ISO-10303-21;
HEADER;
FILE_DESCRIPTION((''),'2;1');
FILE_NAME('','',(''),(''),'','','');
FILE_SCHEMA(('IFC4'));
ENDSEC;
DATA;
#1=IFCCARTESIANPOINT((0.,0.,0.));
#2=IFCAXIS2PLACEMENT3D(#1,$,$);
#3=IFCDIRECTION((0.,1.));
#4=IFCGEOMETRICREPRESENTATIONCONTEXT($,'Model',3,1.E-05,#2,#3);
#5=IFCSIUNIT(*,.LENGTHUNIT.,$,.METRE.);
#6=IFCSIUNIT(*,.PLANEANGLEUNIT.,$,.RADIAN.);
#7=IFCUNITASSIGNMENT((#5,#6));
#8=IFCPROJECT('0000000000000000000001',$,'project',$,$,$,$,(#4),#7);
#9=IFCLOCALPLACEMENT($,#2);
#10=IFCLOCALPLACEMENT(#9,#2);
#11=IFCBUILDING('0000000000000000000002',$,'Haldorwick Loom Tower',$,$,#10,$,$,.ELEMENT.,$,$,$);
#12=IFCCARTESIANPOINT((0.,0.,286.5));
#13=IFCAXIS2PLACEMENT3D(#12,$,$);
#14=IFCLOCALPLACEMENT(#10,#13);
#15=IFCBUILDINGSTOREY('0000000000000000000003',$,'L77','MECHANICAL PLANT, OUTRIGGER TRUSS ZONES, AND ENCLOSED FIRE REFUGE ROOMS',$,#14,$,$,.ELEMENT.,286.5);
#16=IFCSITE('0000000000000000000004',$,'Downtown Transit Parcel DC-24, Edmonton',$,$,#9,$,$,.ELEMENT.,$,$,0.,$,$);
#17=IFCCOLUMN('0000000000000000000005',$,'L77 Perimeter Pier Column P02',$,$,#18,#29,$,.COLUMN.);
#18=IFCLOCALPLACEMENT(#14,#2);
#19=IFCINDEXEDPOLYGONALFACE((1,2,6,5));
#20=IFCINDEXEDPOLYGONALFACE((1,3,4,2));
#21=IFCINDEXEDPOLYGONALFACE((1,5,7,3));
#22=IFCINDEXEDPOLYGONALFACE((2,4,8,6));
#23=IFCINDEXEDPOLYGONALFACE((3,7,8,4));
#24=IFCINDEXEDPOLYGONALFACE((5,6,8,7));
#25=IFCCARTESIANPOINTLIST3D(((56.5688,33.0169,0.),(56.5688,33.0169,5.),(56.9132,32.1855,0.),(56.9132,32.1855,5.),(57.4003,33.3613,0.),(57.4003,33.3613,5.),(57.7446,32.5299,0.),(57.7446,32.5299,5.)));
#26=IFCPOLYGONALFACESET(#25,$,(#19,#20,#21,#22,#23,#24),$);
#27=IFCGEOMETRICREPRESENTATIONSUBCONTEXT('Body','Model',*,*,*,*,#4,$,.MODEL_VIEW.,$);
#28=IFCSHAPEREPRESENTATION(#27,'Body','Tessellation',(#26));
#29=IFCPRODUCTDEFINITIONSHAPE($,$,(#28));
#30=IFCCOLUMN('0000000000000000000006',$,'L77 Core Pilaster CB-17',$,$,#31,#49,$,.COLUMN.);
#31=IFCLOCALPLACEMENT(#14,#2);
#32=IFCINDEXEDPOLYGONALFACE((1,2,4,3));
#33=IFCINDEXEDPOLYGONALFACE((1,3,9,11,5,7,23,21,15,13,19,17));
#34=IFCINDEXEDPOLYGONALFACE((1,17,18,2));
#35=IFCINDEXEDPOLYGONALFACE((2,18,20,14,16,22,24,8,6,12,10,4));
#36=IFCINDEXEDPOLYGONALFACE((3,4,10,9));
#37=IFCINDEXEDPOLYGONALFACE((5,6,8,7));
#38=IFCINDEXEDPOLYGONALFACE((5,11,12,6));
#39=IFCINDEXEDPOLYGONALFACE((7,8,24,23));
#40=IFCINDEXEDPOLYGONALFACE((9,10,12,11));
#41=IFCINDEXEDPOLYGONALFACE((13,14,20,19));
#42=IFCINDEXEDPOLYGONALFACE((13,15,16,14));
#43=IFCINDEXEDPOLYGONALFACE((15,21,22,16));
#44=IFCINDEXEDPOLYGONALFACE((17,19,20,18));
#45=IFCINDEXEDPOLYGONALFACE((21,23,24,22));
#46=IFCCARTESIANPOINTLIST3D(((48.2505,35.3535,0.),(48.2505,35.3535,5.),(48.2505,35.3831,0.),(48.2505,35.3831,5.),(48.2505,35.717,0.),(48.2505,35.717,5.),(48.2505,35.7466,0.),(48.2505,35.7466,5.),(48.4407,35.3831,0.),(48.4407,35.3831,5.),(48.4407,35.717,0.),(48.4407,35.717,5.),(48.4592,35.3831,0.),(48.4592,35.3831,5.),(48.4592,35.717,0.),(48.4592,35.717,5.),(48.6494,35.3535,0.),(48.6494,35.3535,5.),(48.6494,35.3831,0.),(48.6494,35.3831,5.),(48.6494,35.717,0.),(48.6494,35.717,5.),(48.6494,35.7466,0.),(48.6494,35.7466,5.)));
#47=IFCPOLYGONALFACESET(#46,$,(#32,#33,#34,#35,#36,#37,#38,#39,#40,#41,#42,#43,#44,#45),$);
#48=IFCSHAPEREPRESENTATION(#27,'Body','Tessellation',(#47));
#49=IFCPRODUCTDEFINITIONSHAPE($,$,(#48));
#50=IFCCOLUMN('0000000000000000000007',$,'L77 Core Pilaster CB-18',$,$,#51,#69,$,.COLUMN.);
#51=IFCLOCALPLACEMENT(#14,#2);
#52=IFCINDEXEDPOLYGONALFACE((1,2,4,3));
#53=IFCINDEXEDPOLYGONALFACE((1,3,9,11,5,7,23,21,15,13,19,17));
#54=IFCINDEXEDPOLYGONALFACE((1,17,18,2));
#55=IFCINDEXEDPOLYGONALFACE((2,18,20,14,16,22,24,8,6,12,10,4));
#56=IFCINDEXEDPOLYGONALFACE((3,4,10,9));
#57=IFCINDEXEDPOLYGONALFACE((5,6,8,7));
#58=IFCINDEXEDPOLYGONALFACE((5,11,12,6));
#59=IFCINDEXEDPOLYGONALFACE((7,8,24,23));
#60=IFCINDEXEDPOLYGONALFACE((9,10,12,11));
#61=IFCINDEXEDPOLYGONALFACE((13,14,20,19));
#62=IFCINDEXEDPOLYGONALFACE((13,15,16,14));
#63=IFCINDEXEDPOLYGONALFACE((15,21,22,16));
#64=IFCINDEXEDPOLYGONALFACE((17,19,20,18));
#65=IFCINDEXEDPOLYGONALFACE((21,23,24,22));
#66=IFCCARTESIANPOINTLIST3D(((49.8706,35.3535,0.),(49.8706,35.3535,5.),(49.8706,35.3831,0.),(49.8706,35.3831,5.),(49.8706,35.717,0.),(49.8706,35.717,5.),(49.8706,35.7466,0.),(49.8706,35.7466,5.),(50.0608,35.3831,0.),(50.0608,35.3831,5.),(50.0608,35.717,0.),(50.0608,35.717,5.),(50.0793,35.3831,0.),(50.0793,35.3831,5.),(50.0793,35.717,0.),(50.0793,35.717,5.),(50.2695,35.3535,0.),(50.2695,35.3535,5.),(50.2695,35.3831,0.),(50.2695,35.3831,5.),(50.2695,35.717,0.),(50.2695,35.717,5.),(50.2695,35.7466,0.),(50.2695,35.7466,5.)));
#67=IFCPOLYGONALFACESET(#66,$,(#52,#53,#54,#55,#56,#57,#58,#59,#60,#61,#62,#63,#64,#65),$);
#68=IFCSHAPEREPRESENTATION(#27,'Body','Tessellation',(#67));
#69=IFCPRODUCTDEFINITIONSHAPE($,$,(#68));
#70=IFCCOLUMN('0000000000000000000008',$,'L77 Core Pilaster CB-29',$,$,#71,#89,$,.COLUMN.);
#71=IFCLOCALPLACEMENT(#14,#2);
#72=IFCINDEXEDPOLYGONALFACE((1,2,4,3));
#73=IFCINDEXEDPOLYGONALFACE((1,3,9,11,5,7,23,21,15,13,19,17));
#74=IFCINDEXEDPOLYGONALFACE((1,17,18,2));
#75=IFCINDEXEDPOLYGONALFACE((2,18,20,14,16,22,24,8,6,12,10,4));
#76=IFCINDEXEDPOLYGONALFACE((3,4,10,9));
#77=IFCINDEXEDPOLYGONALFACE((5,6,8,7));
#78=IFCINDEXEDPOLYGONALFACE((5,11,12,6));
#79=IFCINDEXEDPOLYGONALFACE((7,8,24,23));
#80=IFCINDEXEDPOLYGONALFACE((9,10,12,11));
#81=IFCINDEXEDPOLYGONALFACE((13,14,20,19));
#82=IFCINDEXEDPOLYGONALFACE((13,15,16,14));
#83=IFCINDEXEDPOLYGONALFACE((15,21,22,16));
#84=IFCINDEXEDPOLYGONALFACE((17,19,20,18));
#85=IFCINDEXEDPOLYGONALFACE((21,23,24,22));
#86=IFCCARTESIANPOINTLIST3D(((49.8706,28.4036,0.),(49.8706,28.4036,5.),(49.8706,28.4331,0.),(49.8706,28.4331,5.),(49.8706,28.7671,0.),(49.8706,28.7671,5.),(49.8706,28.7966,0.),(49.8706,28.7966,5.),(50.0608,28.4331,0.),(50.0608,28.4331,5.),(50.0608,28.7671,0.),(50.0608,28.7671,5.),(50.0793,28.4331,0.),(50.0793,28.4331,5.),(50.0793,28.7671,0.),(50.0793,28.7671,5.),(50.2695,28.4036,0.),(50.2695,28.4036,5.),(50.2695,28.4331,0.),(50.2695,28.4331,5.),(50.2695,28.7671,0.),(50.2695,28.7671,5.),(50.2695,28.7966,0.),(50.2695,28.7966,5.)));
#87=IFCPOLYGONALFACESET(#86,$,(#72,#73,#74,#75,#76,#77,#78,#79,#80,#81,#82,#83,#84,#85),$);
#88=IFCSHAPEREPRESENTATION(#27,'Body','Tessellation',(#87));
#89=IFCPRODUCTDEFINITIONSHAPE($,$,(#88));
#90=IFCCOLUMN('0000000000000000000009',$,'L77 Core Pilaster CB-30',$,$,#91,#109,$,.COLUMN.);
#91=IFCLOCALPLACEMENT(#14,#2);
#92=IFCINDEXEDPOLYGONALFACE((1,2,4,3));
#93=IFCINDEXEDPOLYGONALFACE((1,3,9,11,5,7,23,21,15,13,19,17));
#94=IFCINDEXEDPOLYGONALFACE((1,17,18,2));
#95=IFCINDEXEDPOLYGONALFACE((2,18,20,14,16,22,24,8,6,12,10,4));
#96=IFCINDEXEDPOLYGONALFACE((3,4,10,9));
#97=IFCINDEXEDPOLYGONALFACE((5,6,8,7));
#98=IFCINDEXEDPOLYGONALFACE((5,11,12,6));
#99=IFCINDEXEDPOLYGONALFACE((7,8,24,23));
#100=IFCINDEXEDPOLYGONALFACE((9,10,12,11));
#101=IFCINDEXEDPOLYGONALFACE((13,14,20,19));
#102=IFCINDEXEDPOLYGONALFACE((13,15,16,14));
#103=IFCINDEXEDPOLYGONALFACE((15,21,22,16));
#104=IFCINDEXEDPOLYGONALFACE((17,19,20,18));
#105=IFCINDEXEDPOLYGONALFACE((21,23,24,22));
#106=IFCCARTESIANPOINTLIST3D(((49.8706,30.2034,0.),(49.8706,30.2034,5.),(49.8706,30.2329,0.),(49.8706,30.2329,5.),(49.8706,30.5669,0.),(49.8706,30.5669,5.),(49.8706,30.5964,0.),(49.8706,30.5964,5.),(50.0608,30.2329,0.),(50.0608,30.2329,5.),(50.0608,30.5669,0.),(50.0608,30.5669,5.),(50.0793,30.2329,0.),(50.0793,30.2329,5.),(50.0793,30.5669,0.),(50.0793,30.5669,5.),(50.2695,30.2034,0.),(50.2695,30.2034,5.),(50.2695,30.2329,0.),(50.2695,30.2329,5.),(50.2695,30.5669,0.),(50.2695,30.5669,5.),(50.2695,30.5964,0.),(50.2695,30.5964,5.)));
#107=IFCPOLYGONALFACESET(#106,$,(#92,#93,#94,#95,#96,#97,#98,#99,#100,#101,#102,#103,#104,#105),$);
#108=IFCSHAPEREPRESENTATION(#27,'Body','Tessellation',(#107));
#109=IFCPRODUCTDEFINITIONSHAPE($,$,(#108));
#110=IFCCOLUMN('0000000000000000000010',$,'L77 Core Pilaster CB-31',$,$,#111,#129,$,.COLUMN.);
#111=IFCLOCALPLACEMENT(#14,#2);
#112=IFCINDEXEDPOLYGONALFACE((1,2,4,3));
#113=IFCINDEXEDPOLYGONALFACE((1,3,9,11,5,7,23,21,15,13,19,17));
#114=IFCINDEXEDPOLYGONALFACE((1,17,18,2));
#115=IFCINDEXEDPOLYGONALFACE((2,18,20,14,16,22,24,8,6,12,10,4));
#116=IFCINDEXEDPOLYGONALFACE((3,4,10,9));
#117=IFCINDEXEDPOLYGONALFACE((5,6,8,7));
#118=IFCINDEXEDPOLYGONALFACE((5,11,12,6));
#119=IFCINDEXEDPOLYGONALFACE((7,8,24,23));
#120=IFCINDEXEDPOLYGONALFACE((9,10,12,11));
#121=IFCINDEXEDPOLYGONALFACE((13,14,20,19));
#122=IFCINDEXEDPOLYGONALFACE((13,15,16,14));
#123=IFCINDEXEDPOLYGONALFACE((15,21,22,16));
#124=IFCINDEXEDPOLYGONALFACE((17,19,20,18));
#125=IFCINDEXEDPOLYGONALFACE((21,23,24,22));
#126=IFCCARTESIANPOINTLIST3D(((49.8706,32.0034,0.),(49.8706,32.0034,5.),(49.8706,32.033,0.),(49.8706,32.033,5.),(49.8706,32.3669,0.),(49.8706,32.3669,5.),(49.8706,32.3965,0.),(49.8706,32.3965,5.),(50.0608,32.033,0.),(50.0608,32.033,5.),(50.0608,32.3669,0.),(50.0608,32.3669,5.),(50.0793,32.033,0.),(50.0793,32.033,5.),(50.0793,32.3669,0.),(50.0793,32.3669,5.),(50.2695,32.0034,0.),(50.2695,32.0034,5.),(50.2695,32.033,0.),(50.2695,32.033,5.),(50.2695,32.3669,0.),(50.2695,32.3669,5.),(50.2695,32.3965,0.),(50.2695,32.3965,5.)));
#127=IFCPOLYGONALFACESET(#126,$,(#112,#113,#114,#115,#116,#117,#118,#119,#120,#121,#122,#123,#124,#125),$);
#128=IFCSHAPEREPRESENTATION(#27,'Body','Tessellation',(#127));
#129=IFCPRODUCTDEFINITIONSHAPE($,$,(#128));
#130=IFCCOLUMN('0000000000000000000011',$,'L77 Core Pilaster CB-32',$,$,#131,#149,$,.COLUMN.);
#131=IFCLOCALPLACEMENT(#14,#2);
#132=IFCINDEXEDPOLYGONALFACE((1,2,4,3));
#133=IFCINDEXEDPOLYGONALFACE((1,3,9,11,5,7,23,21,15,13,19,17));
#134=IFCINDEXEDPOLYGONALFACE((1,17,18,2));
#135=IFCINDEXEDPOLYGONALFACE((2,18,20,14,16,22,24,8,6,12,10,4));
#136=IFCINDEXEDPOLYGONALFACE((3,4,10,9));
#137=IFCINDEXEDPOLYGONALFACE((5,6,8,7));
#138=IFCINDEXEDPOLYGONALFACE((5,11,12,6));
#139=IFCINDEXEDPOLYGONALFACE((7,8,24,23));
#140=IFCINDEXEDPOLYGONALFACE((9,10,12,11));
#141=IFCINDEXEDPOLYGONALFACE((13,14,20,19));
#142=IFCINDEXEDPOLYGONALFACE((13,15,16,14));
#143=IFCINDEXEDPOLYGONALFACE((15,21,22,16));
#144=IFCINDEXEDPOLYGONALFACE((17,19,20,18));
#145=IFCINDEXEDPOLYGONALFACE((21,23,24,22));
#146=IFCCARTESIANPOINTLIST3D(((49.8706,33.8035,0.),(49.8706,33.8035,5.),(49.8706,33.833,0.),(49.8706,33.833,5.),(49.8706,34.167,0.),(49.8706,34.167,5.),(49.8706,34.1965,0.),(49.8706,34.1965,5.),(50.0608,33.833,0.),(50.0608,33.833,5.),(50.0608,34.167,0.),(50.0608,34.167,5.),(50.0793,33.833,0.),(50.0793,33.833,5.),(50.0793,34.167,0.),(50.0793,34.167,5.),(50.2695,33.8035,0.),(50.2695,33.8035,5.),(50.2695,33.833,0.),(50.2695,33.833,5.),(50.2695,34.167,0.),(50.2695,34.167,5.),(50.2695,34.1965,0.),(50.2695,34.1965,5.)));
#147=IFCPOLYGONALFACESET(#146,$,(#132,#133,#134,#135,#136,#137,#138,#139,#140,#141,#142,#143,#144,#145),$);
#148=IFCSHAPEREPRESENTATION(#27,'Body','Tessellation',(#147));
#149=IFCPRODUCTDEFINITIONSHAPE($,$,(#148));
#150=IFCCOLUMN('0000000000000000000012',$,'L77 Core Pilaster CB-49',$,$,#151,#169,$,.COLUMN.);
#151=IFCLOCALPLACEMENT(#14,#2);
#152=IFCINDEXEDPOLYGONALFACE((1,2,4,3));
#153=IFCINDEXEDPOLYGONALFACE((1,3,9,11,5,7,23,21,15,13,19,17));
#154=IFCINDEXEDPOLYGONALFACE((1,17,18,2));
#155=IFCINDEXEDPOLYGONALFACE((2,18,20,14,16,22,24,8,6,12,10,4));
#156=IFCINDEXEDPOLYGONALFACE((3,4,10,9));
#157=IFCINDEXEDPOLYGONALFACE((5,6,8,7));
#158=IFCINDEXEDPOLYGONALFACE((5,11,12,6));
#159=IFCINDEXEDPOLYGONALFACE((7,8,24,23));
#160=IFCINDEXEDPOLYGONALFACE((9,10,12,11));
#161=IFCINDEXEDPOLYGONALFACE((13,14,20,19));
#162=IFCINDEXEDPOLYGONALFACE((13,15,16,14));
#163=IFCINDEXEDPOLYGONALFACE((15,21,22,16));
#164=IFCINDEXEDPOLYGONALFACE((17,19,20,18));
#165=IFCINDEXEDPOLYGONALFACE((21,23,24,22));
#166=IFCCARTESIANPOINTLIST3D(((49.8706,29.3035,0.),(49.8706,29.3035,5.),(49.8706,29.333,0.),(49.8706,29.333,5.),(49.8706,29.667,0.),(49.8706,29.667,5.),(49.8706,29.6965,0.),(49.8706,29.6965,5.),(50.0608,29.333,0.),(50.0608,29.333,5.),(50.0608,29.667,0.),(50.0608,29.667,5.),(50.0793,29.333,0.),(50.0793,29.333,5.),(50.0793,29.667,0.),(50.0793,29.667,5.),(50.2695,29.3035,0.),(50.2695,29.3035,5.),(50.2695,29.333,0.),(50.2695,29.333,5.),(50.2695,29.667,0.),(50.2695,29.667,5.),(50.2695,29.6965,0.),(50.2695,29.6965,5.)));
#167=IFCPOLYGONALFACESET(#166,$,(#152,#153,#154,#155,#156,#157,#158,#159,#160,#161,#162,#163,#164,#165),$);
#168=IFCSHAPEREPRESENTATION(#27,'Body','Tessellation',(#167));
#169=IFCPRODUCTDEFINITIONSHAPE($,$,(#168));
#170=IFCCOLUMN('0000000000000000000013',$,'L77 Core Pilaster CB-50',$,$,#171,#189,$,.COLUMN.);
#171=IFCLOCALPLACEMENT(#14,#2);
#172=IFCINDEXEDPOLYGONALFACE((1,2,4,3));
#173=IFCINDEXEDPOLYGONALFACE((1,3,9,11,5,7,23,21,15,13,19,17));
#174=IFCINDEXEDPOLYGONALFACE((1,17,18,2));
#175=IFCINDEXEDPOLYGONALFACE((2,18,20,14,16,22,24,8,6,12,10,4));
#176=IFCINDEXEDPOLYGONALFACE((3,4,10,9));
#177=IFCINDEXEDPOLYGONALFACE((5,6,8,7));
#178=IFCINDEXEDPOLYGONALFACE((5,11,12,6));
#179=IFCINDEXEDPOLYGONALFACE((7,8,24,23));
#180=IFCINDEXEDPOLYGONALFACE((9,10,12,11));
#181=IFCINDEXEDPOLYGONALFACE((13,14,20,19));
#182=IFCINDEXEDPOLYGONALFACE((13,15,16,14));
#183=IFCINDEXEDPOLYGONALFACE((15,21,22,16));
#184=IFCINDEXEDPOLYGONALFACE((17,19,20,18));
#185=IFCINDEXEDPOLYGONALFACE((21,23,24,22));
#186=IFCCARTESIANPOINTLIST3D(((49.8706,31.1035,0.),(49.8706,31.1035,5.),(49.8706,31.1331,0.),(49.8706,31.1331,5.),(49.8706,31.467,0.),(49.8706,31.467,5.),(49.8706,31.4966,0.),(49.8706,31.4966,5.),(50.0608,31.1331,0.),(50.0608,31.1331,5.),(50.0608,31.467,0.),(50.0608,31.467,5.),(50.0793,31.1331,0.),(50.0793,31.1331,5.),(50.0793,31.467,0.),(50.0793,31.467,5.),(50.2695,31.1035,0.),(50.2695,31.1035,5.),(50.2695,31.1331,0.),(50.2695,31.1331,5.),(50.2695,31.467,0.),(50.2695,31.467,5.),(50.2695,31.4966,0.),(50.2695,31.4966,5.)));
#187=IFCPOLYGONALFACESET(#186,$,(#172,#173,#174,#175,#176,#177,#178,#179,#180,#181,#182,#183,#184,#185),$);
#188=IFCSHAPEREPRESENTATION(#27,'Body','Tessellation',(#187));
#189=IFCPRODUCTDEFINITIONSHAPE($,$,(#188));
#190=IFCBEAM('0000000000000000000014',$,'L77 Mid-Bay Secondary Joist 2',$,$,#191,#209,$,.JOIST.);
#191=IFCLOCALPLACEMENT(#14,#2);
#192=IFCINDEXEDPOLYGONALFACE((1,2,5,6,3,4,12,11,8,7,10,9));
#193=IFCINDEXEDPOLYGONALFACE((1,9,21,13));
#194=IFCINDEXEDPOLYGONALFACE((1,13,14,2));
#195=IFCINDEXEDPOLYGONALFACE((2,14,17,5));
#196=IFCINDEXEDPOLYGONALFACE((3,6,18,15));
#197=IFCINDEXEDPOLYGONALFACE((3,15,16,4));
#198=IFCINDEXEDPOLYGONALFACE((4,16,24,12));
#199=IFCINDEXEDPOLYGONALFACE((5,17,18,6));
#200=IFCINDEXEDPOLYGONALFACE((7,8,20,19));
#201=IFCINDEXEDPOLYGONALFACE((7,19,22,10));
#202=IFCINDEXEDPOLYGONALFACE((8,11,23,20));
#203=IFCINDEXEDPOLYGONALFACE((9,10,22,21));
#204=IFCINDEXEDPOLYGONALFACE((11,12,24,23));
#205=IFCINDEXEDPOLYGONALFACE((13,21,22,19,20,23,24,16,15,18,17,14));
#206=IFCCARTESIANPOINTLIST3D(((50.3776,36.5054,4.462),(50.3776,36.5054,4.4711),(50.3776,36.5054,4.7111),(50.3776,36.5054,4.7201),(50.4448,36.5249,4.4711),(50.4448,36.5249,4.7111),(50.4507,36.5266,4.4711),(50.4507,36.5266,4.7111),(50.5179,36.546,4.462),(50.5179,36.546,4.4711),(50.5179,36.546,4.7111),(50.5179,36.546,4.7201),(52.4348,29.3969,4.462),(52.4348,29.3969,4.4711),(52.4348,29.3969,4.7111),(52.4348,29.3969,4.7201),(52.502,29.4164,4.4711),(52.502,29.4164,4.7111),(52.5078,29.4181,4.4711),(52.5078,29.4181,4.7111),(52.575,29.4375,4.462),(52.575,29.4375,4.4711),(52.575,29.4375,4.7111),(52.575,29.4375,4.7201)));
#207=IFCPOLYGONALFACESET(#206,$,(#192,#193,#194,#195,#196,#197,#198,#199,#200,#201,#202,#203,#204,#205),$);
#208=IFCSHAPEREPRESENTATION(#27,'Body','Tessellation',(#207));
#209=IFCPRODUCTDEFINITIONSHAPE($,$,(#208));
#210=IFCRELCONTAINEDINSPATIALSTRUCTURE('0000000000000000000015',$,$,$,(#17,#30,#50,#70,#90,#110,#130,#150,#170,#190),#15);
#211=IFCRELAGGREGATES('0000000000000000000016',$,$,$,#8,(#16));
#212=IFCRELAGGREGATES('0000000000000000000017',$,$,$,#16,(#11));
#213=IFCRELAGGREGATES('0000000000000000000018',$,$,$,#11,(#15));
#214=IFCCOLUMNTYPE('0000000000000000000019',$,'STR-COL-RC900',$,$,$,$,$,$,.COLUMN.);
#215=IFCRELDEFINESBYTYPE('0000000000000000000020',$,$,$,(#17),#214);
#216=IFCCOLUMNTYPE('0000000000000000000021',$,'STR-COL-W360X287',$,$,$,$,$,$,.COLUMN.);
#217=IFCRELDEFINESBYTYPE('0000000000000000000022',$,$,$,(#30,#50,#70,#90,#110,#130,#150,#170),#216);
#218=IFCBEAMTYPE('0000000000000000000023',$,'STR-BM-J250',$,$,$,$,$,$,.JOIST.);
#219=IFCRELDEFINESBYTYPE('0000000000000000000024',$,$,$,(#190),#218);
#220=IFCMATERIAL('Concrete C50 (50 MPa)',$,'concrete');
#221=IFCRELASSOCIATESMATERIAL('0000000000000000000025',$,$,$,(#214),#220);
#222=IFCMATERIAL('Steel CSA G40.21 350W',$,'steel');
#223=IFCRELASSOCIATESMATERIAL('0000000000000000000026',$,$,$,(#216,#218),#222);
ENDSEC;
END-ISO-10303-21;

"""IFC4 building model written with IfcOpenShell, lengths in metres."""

from ifc_helpers import new_model, si_unit, direction, frame, origin, origin_2d, place, context, subcontext, project, spatial, rectangle, i_section, extrude, material, material_profile, profile_set, type_object, element, save


model = new_model("IFC4")

# Units and contexts
model_context = context("Model", 3, precision=1e-05, world=origin(), true_north=direction((0.0, 1.0)))
body_context = subcontext(model_context, "Body", "Model", "MODEL_VIEW")
ifc_project = project(units=[si_unit("LENGTHUNIT", "METRE"), si_unit("PLANEANGLEUNIT", "RADIAN")], contexts=[model_context])

# Site, building, storey
site_placement = place(None, origin())
site = spatial("IfcSite", under=ifc_project, at=site_placement, Name="Downtown Transit Parcel DC-24, Edmonton", CompositionType="ELEMENT", RefElevation=0.0)
building_placement = place(site_placement, origin())
building = spatial("IfcBuilding", under=site, at=building_placement, Name="Haldorwick Loom Tower", CompositionType="ELEMENT")
storey_placement = place(building_placement, frame((0.0, 0.0, 286.5)))
storey = spatial("IfcBuildingStorey", under=building, at=storey_placement, Name="L77", Description="MECHANICAL PLANT, OUTRIGGER TRUSS ZONES, AND ENCLOSED FIRE REFUGE ROOMS", CompositionType="ELEMENT", Elevation=286.5)

# Columns
ifc_material_1 = material(Name="Concrete C50 (50 MPa)", Category="concrete")
ifc_material_profile_1 = material_profile(ifc_material_1, rectangle(XDim=0.8999, YDim=0.8999, at=origin_2d()), Name="RC900X900", Category="concrete")
ifc_profile_set_1 = profile_set([ifc_material_profile_1], Name="Concrete C50 (50 MPa)")
column_type_1 = type_object("IfcColumnType", Name="STR-COL-RC900", PredefinedType="COLUMN", material=ifc_profile_set_1)
column_placement = place(storey_placement, frame((57.1567, 32.7734, 0.0), z_axis=(0.0, 0.0, 1.0), x_axis=(0.92388, 0.382683, 0.0)))
element("IfcColumn", 1, at=column_placement, inside=storey, type_object=column_type_1, Name="L77 Perimeter Pier Column P02", PredefinedType="COLUMN", context=body_context, shape_type="SweptSolid", body=[
    extrude(rectangle(XDim=0.8999, YDim=0.8999, at=origin_2d()), origin(), (0.0, 0.0, 1.0), 5.0),
])
ifc_material_2 = material(Name="Steel CSA G40.21 350W", Category="steel")
ifc_material_profile_2 = material_profile(ifc_material_2, i_section(OverallWidth=0.3989, OverallDepth=0.3931, WebThickness=0.0186, FlangeThickness=0.0295, at=origin_2d()), Name="W360X287", Category="steel")
ifc_profile_set_2 = profile_set([ifc_material_profile_2], Name="Steel CSA G40.21 350W")
column_type_2 = type_object("IfcColumnType", Name="STR-COL-W360X287", PredefinedType="COLUMN", material=ifc_profile_set_2)
for number, where, z_axis, x_axis, name in (
    (2, (48.45, 35.55, 0.0), (0.0, 0.0, 1.0), (1.0, 0.0, 0.0), "L77 Core Pilaster CB-17"),
    (3, (50.0701, 35.55, 0.0), (0.0, 0.0, 1.0), (1.0, 0.0, 0.0), "L77 Core Pilaster CB-18"),
    (4, (50.0701, 28.6001, 0.0), (0.0, 0.0, 1.0), (1.0, 0.0, 0.0), "L77 Core Pilaster CB-29"),
    (5, (50.0701, 30.3999, 0.0), (0.0, 0.0, 1.0), (1.0, 0.0, 0.0), "L77 Core Pilaster CB-30"),
    (6, (50.0701, 32.2, 0.0), (0.0, 0.0, 1.0), (1.0, 0.0, 0.0), "L77 Core Pilaster CB-31"),
    (7, (50.0701, 34.0, 0.0), (0.0, 0.0, 1.0), (1.0, 0.0, 0.0), "L77 Core Pilaster CB-32"),
    (8, (50.0701, 29.5, 0.0), (0.0, 0.0, 1.0), (1.0, 0.0, 0.0), "L77 Core Pilaster CB-49"),
    (9, (50.0701, 31.3, 0.0), (0.0, 0.0, 1.0), (1.0, 0.0, 0.0), "L77 Core Pilaster CB-50"),
):
    element("IfcColumn", number, at=place(storey_placement, frame(where, z_axis=z_axis, x_axis=x_axis)), inside=storey, type_object=column_type_2, Name=name, PredefinedType="COLUMN", context=body_context, shape_type="SweptSolid", body=[
        extrude(i_section(OverallWidth=0.3989, OverallDepth=0.3931, WebThickness=0.0186, FlangeThickness=0.0295, at=origin_2d()), origin(), (0.0, 0.0, 1.0), 5.0),
    ])

# Beam
ifc_material_profile_3 = material_profile(ifc_material_2, i_section(OverallWidth=0.146, OverallDepth=0.2581, WebThickness=0.0061, FlangeThickness=0.009, at=origin_2d()), Name="W250X33", Category="steel")
ifc_profile_set_3 = profile_set([ifc_material_profile_3], Name="Steel CSA G40.21 350W")
beam_type_1 = type_object("IfcBeamType", Name="STR-BM-J250", PredefinedType="JOIST", material=ifc_profile_set_3)
beam_1_placement = place(storey_placement, frame((52.5049, 29.4172, 4.5911), z_axis=(-0.277988, 0.960585, 0.0), x_axis=(-0.960585, -0.277988, 0.0)))
element("IfcBeam", 10, at=beam_1_placement, inside=storey, type_object=beam_type_1, Name="L77 Mid-Bay Secondary Joist 2", PredefinedType="JOIST", context=body_context, shape_type="SweptSolid", body=[
    extrude(i_section(OverallWidth=0.146, OverallDepth=0.2581, WebThickness=0.0061, FlangeThickness=0.009, at=origin_2d()), origin(), (0.0, 0.0, 1.0), 7.4001),
])

save(model, "model.ifc")
